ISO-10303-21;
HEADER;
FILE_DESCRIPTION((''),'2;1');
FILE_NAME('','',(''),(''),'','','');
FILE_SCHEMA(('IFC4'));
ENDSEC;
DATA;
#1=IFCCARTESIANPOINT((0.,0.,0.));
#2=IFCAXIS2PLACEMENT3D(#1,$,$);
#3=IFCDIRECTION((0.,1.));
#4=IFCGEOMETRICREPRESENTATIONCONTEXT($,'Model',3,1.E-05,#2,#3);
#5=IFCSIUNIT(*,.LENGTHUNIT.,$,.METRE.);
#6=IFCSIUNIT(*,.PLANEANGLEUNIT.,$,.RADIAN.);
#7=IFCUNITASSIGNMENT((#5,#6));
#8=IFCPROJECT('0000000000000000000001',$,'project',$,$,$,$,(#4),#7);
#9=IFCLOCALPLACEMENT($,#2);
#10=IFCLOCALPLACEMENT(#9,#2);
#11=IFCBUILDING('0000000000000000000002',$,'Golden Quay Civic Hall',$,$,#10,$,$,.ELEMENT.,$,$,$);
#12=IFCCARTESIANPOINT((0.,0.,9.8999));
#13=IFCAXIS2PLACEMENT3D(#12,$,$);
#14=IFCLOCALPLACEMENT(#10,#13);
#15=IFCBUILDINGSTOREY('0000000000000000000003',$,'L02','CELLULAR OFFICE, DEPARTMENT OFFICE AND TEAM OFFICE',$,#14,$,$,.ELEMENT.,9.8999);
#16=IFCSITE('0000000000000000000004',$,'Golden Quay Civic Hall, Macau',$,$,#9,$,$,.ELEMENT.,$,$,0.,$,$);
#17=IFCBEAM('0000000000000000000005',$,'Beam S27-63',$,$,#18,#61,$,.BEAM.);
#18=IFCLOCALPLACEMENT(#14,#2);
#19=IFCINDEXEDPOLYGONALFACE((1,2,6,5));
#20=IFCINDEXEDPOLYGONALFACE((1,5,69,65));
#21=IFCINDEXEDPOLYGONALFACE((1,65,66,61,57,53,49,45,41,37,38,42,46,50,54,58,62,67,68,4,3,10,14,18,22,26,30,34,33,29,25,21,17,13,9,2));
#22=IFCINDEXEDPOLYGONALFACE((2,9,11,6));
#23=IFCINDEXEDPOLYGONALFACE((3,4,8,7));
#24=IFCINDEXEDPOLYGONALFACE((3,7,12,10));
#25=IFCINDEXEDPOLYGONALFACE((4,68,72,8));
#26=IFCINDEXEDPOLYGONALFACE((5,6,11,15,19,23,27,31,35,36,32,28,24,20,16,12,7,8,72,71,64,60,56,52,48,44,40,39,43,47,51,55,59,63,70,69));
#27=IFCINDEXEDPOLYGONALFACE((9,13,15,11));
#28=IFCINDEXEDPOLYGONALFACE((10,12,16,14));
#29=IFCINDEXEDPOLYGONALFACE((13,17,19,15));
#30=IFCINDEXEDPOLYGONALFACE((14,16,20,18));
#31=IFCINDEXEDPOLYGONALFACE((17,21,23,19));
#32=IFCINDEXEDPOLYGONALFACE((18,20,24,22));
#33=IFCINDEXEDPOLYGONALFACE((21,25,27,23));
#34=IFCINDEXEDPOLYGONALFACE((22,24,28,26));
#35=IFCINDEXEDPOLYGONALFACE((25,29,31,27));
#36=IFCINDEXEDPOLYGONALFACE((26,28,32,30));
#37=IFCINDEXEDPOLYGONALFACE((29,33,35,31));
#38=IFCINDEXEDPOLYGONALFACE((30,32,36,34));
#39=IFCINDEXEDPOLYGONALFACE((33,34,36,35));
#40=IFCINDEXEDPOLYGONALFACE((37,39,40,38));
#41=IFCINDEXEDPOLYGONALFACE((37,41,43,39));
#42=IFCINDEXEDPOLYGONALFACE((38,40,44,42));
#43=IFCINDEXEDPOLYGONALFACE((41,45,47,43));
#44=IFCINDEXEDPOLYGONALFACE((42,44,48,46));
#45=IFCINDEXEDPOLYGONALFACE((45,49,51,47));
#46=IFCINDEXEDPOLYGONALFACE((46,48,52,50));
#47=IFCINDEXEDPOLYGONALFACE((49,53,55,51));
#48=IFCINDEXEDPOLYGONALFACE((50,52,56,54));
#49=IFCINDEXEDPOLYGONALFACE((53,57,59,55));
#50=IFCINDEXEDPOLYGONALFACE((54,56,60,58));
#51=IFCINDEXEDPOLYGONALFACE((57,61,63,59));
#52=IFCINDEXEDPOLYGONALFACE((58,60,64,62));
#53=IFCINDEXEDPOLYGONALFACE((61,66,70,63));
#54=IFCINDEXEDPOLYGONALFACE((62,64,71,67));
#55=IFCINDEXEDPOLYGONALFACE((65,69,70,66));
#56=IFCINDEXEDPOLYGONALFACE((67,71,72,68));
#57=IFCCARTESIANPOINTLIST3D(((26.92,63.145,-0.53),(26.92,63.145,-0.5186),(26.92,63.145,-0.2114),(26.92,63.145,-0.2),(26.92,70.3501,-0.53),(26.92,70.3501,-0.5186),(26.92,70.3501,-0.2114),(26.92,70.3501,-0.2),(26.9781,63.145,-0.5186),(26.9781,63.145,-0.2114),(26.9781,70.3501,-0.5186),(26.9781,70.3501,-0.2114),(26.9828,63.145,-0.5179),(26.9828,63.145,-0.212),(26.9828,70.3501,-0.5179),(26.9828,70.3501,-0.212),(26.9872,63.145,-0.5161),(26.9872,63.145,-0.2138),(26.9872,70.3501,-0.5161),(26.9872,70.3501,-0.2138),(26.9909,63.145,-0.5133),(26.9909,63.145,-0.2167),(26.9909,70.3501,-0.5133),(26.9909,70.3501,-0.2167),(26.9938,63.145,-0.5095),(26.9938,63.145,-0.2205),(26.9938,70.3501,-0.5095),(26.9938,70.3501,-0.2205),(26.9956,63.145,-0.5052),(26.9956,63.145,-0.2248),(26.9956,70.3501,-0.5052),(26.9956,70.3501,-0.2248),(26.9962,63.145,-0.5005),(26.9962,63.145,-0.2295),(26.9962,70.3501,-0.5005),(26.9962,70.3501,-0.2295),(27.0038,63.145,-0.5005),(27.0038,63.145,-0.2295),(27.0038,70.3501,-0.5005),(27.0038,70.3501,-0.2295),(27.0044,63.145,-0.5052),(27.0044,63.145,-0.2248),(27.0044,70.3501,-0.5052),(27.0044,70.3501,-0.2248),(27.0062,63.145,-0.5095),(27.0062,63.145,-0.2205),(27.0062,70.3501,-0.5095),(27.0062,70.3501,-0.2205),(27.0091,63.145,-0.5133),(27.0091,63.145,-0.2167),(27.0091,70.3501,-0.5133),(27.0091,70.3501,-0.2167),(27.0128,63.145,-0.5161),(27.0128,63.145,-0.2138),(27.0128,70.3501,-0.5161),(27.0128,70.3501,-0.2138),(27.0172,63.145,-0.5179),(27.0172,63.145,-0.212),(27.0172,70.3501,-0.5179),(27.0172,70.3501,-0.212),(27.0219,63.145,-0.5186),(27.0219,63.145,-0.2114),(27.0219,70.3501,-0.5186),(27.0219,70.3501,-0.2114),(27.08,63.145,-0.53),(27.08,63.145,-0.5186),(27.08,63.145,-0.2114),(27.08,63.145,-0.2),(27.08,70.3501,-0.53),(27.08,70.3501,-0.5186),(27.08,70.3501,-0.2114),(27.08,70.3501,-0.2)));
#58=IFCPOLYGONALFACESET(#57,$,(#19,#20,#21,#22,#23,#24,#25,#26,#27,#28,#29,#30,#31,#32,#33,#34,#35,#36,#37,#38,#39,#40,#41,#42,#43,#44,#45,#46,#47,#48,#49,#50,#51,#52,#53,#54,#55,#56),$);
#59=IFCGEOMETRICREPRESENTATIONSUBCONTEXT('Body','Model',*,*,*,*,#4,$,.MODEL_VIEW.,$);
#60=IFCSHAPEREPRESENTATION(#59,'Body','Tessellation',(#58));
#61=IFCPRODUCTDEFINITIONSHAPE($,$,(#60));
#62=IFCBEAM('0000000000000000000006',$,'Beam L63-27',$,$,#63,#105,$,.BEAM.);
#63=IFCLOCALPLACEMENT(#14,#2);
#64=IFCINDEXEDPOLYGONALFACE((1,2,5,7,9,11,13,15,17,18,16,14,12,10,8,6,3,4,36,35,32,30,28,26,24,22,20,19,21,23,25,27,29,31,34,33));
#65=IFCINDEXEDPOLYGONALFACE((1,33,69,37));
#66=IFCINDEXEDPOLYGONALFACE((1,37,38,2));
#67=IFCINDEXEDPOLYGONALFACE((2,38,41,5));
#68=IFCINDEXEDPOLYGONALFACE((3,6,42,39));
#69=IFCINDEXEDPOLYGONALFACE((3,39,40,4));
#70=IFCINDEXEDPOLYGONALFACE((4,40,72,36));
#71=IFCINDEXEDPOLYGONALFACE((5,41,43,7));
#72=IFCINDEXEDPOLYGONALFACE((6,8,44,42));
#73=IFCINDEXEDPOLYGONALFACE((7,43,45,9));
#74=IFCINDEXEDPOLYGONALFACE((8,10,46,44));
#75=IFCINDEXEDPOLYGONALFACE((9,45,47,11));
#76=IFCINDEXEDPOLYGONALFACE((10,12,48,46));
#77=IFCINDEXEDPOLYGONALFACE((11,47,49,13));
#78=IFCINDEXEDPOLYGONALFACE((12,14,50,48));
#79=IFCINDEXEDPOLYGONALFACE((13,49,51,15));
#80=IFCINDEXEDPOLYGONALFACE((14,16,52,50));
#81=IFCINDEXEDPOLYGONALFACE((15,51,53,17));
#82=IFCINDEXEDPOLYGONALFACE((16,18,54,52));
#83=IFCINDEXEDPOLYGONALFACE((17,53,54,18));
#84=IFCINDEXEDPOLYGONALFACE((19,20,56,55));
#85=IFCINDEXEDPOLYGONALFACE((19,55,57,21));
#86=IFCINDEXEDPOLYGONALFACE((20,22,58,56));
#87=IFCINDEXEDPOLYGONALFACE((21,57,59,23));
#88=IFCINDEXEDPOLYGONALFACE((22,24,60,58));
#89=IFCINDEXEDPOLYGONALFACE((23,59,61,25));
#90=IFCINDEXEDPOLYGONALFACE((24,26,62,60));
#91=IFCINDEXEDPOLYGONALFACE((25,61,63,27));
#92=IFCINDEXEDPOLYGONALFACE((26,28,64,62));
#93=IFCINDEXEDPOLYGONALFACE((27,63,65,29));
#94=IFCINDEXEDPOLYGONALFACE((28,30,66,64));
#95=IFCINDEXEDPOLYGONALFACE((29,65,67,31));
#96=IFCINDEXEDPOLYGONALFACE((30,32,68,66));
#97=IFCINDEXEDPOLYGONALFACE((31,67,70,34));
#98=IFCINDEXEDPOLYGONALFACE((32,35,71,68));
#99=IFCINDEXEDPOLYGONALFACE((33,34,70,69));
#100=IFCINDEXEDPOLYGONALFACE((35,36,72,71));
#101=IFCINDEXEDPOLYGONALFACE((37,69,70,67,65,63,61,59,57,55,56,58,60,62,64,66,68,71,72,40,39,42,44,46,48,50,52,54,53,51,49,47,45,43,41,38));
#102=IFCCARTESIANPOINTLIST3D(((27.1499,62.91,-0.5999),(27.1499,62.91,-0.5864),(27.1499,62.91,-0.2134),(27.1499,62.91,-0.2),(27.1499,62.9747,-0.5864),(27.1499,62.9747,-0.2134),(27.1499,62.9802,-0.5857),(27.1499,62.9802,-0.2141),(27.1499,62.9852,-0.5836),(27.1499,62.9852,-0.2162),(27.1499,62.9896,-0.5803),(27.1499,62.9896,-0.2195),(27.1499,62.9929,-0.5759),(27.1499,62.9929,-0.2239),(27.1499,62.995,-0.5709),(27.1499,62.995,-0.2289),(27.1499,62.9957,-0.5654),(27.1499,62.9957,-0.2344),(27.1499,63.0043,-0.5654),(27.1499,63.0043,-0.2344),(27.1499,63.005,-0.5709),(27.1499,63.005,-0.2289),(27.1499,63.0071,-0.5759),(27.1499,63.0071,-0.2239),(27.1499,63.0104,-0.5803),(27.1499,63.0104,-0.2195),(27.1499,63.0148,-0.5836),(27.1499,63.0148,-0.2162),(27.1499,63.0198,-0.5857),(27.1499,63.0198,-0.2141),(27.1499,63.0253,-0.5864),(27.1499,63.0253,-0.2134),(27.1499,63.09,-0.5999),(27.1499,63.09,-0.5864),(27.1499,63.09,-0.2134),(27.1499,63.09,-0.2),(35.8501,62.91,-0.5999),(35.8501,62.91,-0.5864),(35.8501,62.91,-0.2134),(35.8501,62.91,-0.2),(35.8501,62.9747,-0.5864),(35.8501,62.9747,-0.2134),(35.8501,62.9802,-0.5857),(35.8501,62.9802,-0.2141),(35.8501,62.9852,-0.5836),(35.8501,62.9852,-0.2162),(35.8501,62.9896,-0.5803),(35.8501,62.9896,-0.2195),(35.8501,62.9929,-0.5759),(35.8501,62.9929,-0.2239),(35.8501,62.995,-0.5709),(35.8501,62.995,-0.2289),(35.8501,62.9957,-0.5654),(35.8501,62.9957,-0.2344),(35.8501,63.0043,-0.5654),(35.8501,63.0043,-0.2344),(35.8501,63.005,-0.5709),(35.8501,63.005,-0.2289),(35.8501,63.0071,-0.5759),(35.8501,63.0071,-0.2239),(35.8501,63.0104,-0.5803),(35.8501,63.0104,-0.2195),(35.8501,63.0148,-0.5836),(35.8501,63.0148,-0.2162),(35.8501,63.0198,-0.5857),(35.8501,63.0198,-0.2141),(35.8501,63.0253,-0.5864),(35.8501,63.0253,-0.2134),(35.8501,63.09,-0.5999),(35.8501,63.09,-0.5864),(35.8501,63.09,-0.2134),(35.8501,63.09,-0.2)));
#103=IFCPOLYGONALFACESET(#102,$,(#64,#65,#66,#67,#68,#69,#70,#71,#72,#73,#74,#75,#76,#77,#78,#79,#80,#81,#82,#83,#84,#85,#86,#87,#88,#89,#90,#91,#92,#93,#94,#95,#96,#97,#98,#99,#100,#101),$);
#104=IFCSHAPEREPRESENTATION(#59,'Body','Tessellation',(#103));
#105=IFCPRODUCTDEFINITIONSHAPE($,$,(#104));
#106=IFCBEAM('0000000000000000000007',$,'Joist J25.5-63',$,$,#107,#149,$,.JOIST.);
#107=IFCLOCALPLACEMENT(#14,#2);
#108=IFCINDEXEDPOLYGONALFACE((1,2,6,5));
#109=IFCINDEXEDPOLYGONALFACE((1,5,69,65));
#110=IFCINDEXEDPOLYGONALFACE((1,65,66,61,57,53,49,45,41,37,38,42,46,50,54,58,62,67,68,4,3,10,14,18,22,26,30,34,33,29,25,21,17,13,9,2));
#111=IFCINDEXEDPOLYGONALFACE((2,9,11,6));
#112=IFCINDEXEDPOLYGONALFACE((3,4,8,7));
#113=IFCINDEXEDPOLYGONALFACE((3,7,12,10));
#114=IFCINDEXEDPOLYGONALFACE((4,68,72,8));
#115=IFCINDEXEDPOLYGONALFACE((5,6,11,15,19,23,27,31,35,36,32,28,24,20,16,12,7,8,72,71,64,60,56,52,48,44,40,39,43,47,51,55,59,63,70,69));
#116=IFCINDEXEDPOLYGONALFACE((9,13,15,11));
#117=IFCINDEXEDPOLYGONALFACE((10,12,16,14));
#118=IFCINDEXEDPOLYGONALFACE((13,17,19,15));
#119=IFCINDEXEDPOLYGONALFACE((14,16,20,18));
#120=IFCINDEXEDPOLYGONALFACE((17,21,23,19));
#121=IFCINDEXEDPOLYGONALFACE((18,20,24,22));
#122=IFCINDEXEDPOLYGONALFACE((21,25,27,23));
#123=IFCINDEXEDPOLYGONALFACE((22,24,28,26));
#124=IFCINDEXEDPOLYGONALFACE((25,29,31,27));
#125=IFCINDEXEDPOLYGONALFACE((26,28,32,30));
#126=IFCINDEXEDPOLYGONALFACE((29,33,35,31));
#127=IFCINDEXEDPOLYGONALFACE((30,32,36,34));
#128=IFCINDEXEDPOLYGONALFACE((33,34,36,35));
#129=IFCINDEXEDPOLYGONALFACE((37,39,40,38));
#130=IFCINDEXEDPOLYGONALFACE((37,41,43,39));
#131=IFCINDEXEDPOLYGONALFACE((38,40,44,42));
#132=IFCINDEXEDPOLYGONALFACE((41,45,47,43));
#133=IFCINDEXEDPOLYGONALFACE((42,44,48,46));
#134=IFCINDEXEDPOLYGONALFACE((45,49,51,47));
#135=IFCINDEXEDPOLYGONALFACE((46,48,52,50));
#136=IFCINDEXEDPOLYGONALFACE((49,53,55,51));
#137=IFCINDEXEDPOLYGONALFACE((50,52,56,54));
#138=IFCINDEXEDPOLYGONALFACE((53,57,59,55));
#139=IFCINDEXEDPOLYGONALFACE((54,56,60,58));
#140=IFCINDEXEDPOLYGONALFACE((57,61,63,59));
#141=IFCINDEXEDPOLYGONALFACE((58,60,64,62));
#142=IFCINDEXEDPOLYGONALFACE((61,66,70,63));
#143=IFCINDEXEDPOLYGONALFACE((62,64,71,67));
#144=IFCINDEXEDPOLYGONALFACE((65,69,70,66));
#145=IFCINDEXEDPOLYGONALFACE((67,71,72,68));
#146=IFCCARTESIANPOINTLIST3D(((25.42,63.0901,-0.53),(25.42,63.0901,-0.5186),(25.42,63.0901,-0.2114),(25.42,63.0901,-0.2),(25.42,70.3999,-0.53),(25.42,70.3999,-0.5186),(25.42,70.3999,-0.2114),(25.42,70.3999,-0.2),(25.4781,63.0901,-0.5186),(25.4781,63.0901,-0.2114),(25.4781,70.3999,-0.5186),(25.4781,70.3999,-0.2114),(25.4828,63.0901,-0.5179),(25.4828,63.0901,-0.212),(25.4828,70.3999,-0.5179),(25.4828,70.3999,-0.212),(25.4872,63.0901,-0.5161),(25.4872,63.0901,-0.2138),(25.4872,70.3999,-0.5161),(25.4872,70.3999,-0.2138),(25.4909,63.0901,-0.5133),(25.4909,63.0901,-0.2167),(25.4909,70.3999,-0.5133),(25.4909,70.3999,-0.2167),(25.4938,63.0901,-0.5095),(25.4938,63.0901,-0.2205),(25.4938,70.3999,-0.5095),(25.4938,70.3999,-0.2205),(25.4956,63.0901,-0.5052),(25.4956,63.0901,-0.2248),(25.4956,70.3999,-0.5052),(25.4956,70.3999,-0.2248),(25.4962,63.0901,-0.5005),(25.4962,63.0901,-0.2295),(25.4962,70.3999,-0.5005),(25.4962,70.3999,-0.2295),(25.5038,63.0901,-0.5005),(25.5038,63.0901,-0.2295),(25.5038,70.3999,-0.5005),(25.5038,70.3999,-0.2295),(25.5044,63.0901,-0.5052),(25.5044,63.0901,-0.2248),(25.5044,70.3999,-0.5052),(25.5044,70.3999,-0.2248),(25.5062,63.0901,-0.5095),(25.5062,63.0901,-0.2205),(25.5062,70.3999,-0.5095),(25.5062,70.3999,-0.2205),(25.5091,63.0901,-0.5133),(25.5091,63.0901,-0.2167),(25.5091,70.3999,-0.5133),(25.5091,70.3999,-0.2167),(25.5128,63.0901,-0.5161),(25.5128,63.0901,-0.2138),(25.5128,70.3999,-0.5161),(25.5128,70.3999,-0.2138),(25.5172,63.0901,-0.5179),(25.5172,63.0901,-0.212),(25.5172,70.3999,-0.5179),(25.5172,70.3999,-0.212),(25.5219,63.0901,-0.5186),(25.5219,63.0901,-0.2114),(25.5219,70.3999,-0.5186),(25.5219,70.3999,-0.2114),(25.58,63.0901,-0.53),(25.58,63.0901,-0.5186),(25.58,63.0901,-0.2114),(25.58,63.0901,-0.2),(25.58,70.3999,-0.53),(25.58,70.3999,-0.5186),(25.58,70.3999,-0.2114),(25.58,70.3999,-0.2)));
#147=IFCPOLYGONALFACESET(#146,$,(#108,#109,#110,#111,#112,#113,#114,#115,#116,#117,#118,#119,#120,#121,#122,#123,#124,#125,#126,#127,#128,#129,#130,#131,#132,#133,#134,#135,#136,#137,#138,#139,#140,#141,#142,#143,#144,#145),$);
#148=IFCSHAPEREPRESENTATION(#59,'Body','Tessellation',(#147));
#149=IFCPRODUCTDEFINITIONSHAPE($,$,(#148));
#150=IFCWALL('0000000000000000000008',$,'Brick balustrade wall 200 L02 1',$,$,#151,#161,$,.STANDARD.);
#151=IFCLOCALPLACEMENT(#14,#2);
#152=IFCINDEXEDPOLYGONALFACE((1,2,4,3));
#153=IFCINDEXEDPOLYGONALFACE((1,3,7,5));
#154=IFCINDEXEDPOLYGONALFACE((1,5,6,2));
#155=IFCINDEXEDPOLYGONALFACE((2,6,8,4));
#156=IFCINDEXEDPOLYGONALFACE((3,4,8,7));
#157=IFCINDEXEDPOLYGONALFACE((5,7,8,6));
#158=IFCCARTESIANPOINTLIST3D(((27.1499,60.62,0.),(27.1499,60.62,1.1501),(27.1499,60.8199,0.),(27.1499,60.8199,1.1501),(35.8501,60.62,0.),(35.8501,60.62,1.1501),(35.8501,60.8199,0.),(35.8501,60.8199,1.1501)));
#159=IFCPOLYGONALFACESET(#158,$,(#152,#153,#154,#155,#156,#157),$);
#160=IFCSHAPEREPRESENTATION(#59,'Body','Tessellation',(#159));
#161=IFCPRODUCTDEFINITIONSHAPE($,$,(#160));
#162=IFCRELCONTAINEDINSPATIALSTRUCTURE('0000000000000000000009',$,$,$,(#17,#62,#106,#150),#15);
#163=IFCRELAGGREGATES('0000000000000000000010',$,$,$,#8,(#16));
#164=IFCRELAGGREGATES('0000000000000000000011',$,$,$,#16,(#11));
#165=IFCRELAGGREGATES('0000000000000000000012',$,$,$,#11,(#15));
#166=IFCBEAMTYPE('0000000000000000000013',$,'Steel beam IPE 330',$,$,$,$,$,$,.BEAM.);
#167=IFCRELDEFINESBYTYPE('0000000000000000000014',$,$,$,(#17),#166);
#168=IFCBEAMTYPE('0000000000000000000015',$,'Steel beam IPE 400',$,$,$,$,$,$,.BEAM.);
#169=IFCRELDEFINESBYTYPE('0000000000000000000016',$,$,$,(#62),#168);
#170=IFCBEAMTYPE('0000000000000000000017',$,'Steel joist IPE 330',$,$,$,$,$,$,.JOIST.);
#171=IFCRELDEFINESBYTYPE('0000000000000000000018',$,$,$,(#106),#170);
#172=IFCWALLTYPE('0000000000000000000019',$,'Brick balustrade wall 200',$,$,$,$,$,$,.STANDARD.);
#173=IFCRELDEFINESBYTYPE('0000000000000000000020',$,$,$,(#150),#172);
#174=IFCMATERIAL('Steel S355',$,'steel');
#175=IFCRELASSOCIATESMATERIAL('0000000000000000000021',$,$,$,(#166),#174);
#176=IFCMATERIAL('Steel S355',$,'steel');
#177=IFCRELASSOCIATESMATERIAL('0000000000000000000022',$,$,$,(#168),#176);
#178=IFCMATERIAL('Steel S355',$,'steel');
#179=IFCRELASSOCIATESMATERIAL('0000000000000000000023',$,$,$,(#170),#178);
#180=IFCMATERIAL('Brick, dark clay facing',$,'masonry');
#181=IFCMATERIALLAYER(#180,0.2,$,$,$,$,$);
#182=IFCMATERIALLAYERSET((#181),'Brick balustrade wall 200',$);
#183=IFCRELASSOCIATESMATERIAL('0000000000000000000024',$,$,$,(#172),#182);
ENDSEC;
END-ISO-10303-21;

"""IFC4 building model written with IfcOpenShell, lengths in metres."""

from ifc_helpers import new_model, si_unit, direction, frame, frame_2d, origin, origin_2d, place, context, subcontext, project, spatial, rectangle, i_section, extrude, material, layer, layer_set, material_profile, profile_set, type_object, element, save


model = new_model("IFC4")

# Units and contexts
model_context = context("Model", 3, precision=1e-05, world=origin(), true_north=direction((0.0, 1.0)))
body_context = subcontext(model_context, "Body", "Model", "MODEL_VIEW")
ifc_project = project(units=[si_unit("LENGTHUNIT", "METRE"), si_unit("PLANEANGLEUNIT", "RADIAN")], contexts=[model_context])

# Site, building, storey
site_placement = place(None, origin())
site = spatial("IfcSite", under=ifc_project, at=site_placement, Name="Golden Quay Civic Hall, Macau", CompositionType="ELEMENT", RefElevation=0.0)
building_placement = place(site_placement, origin())
building = spatial("IfcBuilding", under=site, at=building_placement, Name="Golden Quay Civic Hall", CompositionType="ELEMENT")
storey_placement = place(building_placement, frame((0.0, 0.0, 9.8999)))
storey = spatial("IfcBuildingStorey", under=building, at=storey_placement, Name="L02", Description="CELLULAR OFFICE, DEPARTMENT OFFICE AND TEAM OFFICE", CompositionType="ELEMENT", Elevation=9.8999)

# Beams
ifc_material_1 = material(Name="Steel S355", Category="steel")
ifc_material_profile_1 = material_profile(ifc_material_1, i_section(OverallWidth=0.1599, OverallDepth=0.3301, WebThickness=0.0076, FlangeThickness=0.0115, FilletRadius=0.0181, at=origin_2d()), Name="IPE 330")
ifc_profile_set_1 = profile_set([ifc_material_profile_1], Name="Steel S355")
beam_type_1 = type_object("IfcBeamType", Name="Steel beam IPE 330", PredefinedType="BEAM", material=ifc_profile_set_1)
beam_1_placement = place(storey_placement, frame((27.0, 63.145, -0.365), z_axis=(0.0, 1.0, 0.0), x_axis=(-1.0, 0.0, 0.0)))
element("IfcBeam", 1, at=beam_1_placement, inside=storey, type_object=beam_type_1, Name="Beam S27-63", PredefinedType="BEAM", context=body_context, shape_type="SweptSolid", body=[
    extrude(i_section(OverallWidth=0.1599, OverallDepth=0.3301, WebThickness=0.0076, FlangeThickness=0.0115, FilletRadius=0.0181, at=origin_2d()), origin(), (0.0, 0.0, 1.0), 7.2051),
])
ifc_material_2 = material(Name="Steel S355", Category="steel")
ifc_material_profile_2 = material_profile(ifc_material_2, i_section(OverallWidth=0.1799, OverallDepth=0.3999, WebThickness=0.0085, FlangeThickness=0.0134, FilletRadius=0.021, at=origin_2d()), Name="IPE 400")
ifc_profile_set_2 = profile_set([ifc_material_profile_2], Name="Steel S355")
beam_type_2 = type_object("IfcBeamType", Name="Steel beam IPE 400", PredefinedType="BEAM", material=ifc_profile_set_2)
beam_2_placement = place(storey_placement, frame((27.1499, 63.0, -0.3999), z_axis=(1.0, 0.0, 0.0), x_axis=(0.0, 1.0, 0.0)))
element("IfcBeam", 2, at=beam_2_placement, inside=storey, type_object=beam_type_2, Name="Beam L63-27", PredefinedType="BEAM", context=body_context, shape_type="SweptSolid", body=[
    extrude(i_section(OverallWidth=0.1799, OverallDepth=0.3999, WebThickness=0.0085, FlangeThickness=0.0134, FilletRadius=0.021, at=origin_2d()), origin(), (0.0, 0.0, 1.0), 8.7002),
])
ifc_material_3 = material(Name="Steel S355", Category="steel")
ifc_material_profile_3 = material_profile(ifc_material_3, i_section(OverallWidth=0.1599, OverallDepth=0.3301, WebThickness=0.0076, FlangeThickness=0.0115, FilletRadius=0.0181, at=origin_2d()), Name="IPE 330")
ifc_profile_set_3 = profile_set([ifc_material_profile_3], Name="Steel S355")
beam_type_3 = type_object("IfcBeamType", Name="Steel joist IPE 330", PredefinedType="JOIST", material=ifc_profile_set_3)
beam_3_placement = place(storey_placement, frame((25.5, 63.0901, -0.365), z_axis=(0.0, 1.0, 0.0), x_axis=(-1.0, 0.0, 0.0)))
element("IfcBeam", 3, at=beam_3_placement, inside=storey, type_object=beam_type_3, Name="Joist J25.5-63", PredefinedType="JOIST", context=body_context, shape_type="SweptSolid", body=[
    extrude(i_section(OverallWidth=0.1599, OverallDepth=0.3301, WebThickness=0.0076, FlangeThickness=0.0115, FilletRadius=0.0181, at=origin_2d()), origin(), (0.0, 0.0, 1.0), 7.3098),
])

# Wall
ifc_material_4 = material(Name="Brick, dark clay facing", Category="masonry")
ifc_layer_1 = layer(ifc_material_4, 0.2)
ifc_layer_set_1 = layer_set([ifc_layer_1], Name="Brick balustrade wall 200")
wall_type_1 = type_object("IfcWallType", Name="Brick balustrade wall 200", PredefinedType="STANDARD", material=ifc_layer_set_1)
wall_1_placement = place(storey_placement, frame((27.1499, 60.72, 0.0), z_axis=(0.0, 0.0, 1.0), x_axis=(1.0, 0.0, 0.0)))
element("IfcWall", 4, at=wall_1_placement, inside=storey, type_object=wall_type_1, Name="Brick balustrade wall 200 L02 1", PredefinedType="STANDARD", context=body_context, shape_type="SweptSolid", body=[
    extrude(rectangle(XDim=8.7002, YDim=0.2, at=frame_2d((4.3501, 0.0))), origin(), (0.0, 0.0, 1.0), 1.1501),
])

save(model, "model.ifc")
